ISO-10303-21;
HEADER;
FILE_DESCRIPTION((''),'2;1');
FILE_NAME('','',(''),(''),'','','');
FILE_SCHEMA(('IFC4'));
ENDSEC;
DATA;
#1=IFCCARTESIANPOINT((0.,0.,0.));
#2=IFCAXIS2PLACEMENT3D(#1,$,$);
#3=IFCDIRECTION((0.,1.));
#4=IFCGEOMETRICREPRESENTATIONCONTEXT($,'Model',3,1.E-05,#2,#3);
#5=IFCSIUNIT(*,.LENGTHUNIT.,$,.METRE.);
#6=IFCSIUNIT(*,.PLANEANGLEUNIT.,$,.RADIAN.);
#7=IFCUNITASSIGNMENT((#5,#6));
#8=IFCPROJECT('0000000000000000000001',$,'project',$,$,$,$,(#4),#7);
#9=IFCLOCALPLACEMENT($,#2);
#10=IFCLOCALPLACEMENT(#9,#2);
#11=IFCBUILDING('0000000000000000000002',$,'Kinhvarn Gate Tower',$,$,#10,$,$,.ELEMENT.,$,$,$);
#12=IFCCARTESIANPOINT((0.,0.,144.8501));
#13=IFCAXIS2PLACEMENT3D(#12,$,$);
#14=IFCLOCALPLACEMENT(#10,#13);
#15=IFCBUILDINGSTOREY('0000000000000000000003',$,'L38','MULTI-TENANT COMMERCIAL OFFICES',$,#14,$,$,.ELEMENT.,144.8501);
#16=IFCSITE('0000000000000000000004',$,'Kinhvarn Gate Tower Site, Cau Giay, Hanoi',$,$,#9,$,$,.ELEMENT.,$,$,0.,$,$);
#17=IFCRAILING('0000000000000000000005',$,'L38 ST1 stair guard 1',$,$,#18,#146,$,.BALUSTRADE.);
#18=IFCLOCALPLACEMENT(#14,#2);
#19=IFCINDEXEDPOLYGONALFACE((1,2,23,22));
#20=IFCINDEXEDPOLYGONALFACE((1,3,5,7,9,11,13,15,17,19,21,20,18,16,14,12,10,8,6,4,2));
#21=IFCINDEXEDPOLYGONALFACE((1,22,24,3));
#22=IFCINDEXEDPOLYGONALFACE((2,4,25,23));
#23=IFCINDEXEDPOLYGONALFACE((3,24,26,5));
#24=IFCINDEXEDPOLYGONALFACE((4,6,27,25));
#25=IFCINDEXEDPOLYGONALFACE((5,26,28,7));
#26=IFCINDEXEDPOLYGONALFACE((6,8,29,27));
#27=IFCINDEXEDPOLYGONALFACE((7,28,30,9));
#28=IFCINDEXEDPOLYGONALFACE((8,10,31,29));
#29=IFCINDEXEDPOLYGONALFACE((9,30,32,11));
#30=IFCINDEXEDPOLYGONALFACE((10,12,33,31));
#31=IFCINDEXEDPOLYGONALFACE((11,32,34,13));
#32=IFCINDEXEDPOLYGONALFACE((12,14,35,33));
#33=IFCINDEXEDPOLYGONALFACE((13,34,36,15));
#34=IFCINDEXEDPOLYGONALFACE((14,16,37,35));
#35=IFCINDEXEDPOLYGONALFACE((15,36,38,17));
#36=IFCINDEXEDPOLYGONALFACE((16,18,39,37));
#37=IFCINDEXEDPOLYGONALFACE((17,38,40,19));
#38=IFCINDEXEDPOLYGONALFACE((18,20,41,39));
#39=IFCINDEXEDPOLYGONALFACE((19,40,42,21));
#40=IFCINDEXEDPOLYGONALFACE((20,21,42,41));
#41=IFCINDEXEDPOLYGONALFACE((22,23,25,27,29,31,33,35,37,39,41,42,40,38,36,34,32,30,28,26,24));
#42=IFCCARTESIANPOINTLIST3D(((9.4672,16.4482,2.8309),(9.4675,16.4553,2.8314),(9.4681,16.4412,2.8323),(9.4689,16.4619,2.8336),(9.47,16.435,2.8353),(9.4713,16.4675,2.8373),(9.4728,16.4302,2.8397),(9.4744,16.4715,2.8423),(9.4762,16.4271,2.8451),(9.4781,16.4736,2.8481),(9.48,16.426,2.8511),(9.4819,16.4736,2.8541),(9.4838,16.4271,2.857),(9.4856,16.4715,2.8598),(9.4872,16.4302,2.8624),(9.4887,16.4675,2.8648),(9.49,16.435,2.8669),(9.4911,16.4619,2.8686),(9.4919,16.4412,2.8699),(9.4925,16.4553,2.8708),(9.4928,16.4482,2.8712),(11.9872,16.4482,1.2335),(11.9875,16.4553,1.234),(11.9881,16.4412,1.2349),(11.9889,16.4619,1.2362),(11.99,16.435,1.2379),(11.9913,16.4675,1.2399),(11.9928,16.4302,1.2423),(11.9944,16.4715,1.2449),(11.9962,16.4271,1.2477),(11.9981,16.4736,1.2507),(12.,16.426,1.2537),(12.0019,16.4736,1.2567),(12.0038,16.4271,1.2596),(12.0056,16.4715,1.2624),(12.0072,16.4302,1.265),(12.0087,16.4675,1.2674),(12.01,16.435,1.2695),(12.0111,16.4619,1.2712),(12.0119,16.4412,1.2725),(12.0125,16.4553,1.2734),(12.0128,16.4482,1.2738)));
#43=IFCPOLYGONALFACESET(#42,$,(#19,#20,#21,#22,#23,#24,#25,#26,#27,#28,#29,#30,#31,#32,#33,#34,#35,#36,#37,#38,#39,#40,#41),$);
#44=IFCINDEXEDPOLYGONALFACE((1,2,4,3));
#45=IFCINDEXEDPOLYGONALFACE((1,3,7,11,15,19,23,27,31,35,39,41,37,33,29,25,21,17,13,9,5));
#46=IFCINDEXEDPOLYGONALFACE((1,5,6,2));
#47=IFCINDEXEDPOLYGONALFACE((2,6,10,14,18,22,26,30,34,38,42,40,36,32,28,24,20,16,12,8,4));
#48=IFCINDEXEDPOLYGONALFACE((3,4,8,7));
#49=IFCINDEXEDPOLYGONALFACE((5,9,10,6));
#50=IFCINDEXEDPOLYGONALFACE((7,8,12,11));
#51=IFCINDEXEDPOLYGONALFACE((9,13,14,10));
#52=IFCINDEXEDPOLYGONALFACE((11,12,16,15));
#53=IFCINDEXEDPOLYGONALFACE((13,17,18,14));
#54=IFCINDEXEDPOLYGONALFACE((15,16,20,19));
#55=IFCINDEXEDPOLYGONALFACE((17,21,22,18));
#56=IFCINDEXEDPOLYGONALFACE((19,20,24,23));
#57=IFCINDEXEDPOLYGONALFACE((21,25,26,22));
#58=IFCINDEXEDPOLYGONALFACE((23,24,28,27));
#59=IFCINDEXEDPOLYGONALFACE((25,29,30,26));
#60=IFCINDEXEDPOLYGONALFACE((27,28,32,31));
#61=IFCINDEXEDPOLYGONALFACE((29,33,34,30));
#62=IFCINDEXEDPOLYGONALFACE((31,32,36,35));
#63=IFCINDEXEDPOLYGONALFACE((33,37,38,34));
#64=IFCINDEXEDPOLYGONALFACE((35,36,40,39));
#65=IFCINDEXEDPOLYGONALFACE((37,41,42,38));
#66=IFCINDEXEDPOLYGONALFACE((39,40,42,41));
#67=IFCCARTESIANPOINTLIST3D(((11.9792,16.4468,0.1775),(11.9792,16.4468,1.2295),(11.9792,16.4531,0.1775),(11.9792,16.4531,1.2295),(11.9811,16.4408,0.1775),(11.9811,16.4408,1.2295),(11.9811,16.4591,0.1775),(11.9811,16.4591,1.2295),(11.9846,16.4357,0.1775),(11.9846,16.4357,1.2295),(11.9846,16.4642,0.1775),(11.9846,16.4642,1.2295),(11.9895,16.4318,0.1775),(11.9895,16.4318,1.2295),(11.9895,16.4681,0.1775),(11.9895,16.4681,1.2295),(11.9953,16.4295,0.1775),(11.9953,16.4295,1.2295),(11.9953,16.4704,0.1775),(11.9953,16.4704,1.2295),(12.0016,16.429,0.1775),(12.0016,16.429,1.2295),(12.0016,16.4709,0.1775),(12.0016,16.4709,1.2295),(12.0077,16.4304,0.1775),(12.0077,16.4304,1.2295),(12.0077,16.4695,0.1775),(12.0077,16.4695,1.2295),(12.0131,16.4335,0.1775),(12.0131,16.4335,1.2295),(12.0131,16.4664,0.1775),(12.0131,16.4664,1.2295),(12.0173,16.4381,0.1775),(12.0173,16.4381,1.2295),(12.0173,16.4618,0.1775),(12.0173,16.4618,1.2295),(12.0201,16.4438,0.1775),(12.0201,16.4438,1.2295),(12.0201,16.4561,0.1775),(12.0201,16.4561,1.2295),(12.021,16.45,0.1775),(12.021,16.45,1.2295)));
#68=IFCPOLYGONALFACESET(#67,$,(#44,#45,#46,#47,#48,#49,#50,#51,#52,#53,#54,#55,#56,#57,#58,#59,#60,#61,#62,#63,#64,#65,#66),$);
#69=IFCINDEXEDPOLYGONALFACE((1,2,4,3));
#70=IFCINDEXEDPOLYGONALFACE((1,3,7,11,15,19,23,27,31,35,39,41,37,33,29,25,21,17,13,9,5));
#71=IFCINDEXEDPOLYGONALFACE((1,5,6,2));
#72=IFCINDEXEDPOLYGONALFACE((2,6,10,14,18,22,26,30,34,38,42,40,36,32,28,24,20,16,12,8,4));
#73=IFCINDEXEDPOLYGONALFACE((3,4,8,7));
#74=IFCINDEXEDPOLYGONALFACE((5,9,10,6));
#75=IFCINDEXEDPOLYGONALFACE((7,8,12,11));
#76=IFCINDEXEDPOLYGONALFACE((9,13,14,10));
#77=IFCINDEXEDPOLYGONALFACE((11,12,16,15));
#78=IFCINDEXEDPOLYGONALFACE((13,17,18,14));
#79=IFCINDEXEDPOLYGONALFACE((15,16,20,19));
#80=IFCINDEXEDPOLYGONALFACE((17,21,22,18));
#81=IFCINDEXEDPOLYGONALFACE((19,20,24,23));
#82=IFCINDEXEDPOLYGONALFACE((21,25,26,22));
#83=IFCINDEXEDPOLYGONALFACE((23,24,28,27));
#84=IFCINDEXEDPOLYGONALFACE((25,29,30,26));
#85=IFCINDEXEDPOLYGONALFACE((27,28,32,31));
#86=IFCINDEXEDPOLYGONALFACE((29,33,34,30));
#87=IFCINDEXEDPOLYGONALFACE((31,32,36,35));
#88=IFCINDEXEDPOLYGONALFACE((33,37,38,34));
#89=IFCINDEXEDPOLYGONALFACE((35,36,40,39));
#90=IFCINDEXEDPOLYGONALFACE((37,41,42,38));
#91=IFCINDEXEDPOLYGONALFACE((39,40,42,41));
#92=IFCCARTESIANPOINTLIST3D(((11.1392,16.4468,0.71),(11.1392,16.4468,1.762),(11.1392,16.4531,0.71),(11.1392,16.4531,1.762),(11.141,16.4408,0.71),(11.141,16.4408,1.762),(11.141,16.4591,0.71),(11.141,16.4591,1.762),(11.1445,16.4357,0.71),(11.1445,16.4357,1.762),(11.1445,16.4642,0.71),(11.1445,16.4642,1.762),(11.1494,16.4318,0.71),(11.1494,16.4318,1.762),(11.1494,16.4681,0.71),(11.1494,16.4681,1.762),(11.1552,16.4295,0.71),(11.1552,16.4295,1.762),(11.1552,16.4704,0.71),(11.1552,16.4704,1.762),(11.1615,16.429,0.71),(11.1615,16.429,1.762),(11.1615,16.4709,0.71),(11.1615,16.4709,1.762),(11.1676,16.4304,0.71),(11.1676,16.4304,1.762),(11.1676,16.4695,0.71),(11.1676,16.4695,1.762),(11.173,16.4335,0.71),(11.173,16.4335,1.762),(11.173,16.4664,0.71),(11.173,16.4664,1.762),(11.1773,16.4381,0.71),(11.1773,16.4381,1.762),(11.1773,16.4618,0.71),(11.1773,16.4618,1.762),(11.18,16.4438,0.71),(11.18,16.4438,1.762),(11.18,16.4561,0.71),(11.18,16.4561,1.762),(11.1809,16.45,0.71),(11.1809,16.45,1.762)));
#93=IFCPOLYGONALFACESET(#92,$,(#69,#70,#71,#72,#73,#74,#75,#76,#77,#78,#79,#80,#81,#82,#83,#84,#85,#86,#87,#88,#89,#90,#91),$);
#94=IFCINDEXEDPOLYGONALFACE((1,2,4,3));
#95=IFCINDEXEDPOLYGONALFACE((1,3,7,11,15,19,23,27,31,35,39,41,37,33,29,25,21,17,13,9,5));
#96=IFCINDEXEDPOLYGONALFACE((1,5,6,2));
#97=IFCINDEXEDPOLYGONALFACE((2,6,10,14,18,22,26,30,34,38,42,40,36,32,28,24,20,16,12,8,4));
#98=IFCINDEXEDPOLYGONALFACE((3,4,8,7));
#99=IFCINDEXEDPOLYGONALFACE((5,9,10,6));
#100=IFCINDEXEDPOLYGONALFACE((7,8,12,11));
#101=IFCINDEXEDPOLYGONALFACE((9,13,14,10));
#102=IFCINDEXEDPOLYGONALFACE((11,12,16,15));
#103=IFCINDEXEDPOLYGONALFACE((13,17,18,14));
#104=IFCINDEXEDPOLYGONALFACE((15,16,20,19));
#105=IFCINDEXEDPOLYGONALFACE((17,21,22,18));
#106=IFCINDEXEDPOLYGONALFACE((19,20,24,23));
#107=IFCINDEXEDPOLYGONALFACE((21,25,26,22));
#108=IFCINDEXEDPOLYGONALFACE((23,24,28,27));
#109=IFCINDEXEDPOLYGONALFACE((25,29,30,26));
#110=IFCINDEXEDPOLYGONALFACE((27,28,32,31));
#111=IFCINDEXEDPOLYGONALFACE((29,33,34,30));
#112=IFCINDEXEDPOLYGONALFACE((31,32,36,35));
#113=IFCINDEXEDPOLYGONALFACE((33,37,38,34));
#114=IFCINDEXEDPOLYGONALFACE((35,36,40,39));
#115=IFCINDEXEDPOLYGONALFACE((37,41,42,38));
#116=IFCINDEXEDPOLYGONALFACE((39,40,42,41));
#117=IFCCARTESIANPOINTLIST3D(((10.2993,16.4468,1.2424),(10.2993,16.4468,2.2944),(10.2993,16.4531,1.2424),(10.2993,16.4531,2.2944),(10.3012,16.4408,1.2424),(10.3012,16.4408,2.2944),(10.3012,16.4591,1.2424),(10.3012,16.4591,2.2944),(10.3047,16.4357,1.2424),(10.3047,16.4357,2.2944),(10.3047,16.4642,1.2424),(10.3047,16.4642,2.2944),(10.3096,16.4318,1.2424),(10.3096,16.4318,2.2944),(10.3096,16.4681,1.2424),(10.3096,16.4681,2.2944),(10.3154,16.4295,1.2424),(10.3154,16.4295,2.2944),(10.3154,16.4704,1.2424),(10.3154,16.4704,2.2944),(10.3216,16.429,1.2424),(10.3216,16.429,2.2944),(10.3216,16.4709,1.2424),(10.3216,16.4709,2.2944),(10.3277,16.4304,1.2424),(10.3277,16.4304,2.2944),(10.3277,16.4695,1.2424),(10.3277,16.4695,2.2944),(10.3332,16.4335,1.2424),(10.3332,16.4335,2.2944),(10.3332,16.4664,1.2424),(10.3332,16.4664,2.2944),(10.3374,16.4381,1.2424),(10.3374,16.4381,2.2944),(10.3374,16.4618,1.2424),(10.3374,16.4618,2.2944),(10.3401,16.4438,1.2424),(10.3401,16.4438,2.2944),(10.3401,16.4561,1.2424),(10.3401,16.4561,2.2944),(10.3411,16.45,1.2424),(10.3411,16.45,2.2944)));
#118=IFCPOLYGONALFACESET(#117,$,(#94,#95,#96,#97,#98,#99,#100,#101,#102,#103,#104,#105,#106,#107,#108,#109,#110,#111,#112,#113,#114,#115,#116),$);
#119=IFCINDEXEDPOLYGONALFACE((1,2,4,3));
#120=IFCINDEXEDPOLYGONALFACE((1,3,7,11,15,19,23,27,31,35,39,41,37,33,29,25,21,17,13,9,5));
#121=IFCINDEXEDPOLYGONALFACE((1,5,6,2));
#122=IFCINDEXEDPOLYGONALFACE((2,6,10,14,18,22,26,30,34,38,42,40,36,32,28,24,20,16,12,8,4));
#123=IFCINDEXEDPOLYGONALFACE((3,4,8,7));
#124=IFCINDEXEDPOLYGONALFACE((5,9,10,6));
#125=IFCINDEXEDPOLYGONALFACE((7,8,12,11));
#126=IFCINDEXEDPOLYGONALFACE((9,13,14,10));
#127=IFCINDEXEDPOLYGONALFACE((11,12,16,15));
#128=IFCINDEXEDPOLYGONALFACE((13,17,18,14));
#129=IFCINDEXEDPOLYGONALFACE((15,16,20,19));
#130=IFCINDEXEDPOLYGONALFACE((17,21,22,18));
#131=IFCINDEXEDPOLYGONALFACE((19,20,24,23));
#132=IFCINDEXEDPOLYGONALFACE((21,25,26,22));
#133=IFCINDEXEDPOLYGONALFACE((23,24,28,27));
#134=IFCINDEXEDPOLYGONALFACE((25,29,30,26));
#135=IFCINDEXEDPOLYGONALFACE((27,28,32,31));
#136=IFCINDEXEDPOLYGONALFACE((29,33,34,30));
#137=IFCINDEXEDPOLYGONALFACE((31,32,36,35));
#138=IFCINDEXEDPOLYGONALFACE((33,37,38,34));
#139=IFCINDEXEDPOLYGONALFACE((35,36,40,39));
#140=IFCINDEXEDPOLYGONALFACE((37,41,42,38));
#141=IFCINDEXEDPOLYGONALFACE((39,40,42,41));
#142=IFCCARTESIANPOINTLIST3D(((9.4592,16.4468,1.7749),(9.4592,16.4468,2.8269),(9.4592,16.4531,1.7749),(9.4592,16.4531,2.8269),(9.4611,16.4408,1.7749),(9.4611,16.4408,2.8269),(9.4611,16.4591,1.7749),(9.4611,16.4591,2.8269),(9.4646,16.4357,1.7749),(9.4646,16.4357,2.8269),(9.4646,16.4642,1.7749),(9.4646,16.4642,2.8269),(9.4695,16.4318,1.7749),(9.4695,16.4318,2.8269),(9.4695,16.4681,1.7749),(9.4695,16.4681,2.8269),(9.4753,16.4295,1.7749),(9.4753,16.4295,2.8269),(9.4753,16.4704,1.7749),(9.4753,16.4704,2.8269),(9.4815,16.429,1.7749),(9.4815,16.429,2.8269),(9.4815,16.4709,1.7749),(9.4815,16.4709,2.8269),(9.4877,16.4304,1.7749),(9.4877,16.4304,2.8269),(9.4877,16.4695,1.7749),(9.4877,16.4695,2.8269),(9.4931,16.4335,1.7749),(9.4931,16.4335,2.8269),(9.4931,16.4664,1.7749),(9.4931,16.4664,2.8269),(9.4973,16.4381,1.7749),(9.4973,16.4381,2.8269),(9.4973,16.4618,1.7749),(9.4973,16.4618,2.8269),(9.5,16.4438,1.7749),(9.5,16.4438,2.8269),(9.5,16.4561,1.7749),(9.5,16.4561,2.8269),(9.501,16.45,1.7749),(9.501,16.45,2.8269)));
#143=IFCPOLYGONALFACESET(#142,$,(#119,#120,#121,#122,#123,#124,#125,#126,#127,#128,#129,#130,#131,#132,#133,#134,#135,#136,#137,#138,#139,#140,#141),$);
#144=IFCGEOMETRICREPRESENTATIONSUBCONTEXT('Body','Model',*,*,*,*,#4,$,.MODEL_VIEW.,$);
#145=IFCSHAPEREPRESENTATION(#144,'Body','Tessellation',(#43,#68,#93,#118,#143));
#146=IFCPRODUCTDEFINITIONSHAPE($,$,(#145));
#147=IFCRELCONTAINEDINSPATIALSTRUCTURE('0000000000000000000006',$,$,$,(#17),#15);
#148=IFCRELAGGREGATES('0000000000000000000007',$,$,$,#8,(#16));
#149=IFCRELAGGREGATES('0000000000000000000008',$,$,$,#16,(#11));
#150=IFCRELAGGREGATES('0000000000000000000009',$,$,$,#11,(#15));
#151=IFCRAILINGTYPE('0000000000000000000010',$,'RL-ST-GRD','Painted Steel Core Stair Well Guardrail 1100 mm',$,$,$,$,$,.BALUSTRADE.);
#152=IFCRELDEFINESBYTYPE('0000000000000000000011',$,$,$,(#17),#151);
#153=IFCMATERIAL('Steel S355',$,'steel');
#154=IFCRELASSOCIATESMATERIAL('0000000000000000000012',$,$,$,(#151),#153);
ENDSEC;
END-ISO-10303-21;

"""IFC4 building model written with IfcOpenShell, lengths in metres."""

from ifc_helpers import new_model, si_unit, direction, frame, origin, origin_2d, place, context, subcontext, project, spatial, circle, extrude, material, type_object, element, save


model = new_model("IFC4")

# Units and contexts
model_context = context("Model", 3, precision=1e-05, world=origin(), true_north=direction((0.0, 1.0)))
body_context = subcontext(model_context, "Body", "Model", "MODEL_VIEW")
ifc_project = project(units=[si_unit("LENGTHUNIT", "METRE"), si_unit("PLANEANGLEUNIT", "RADIAN")], contexts=[model_context])

# Site, building, storey
site_placement = place(None, origin())
site = spatial("IfcSite", under=ifc_project, at=site_placement, Name="Kinhvarn Gate Tower Site, Cau Giay, Hanoi", CompositionType="ELEMENT", RefElevation=0.0)
building_placement = place(site_placement, origin())
building = spatial("IfcBuilding", under=site, at=building_placement, Name="Kinhvarn Gate Tower", CompositionType="ELEMENT")
storey_placement = place(building_placement, frame((0.0, 0.0, 144.8501)))
storey = spatial("IfcBuildingStorey", under=building, at=storey_placement, Name="L38", Description="MULTI-TENANT COMMERCIAL OFFICES", CompositionType="ELEMENT", Elevation=144.8501)

# Shared definitions
ifc_material_1 = material(Name="Steel S355", Category="steel")

# Railing
railing_type_1 = type_object("IfcRailingType", Name="RL-ST-GRD", Description="Painted Steel Core Stair Well Guardrail 1100 mm", PredefinedType="BALUSTRADE", material=ifc_material_1)
railing_1_placement = place(storey_placement, frame((12.0, 16.45, 0.1775)))
element("IfcRailing", 1, at=railing_1_placement, inside=storey, type_object=railing_type_1, Name="L38 ST1 stair guard 1", PredefinedType="BALUSTRADE", context=body_context, shape_type="SweptSolid", body=[
    extrude(circle(Radius=0.0239, at=origin_2d()), frame((0.0, 0.0, 1.0762), z_axis=(-0.844607, 0.0, 0.535387), x_axis=(0.0, -1.0, 0.0)), (0.0, 0.0, 1.0), 2.9836),
    extrude(circle(Radius=0.021, at=origin_2d()), origin(), (0.0, 0.0, 1.0), 1.052),
    extrude(circle(Radius=0.021, at=origin_2d()), frame((-0.8401, 0.0, 0.5325)), (0.0, 0.0, 1.0), 1.052),
    extrude(circle(Radius=0.021, at=origin_2d()), frame((-1.6799, 0.0, 1.0649)), (0.0, 0.0, 1.0), 1.052),
    extrude(circle(Radius=0.021, at=origin_2d()), frame((-2.52, 0.0, 1.5974)), (0.0, 0.0, 1.0), 1.052),
])

save(model, "model.ifc")
